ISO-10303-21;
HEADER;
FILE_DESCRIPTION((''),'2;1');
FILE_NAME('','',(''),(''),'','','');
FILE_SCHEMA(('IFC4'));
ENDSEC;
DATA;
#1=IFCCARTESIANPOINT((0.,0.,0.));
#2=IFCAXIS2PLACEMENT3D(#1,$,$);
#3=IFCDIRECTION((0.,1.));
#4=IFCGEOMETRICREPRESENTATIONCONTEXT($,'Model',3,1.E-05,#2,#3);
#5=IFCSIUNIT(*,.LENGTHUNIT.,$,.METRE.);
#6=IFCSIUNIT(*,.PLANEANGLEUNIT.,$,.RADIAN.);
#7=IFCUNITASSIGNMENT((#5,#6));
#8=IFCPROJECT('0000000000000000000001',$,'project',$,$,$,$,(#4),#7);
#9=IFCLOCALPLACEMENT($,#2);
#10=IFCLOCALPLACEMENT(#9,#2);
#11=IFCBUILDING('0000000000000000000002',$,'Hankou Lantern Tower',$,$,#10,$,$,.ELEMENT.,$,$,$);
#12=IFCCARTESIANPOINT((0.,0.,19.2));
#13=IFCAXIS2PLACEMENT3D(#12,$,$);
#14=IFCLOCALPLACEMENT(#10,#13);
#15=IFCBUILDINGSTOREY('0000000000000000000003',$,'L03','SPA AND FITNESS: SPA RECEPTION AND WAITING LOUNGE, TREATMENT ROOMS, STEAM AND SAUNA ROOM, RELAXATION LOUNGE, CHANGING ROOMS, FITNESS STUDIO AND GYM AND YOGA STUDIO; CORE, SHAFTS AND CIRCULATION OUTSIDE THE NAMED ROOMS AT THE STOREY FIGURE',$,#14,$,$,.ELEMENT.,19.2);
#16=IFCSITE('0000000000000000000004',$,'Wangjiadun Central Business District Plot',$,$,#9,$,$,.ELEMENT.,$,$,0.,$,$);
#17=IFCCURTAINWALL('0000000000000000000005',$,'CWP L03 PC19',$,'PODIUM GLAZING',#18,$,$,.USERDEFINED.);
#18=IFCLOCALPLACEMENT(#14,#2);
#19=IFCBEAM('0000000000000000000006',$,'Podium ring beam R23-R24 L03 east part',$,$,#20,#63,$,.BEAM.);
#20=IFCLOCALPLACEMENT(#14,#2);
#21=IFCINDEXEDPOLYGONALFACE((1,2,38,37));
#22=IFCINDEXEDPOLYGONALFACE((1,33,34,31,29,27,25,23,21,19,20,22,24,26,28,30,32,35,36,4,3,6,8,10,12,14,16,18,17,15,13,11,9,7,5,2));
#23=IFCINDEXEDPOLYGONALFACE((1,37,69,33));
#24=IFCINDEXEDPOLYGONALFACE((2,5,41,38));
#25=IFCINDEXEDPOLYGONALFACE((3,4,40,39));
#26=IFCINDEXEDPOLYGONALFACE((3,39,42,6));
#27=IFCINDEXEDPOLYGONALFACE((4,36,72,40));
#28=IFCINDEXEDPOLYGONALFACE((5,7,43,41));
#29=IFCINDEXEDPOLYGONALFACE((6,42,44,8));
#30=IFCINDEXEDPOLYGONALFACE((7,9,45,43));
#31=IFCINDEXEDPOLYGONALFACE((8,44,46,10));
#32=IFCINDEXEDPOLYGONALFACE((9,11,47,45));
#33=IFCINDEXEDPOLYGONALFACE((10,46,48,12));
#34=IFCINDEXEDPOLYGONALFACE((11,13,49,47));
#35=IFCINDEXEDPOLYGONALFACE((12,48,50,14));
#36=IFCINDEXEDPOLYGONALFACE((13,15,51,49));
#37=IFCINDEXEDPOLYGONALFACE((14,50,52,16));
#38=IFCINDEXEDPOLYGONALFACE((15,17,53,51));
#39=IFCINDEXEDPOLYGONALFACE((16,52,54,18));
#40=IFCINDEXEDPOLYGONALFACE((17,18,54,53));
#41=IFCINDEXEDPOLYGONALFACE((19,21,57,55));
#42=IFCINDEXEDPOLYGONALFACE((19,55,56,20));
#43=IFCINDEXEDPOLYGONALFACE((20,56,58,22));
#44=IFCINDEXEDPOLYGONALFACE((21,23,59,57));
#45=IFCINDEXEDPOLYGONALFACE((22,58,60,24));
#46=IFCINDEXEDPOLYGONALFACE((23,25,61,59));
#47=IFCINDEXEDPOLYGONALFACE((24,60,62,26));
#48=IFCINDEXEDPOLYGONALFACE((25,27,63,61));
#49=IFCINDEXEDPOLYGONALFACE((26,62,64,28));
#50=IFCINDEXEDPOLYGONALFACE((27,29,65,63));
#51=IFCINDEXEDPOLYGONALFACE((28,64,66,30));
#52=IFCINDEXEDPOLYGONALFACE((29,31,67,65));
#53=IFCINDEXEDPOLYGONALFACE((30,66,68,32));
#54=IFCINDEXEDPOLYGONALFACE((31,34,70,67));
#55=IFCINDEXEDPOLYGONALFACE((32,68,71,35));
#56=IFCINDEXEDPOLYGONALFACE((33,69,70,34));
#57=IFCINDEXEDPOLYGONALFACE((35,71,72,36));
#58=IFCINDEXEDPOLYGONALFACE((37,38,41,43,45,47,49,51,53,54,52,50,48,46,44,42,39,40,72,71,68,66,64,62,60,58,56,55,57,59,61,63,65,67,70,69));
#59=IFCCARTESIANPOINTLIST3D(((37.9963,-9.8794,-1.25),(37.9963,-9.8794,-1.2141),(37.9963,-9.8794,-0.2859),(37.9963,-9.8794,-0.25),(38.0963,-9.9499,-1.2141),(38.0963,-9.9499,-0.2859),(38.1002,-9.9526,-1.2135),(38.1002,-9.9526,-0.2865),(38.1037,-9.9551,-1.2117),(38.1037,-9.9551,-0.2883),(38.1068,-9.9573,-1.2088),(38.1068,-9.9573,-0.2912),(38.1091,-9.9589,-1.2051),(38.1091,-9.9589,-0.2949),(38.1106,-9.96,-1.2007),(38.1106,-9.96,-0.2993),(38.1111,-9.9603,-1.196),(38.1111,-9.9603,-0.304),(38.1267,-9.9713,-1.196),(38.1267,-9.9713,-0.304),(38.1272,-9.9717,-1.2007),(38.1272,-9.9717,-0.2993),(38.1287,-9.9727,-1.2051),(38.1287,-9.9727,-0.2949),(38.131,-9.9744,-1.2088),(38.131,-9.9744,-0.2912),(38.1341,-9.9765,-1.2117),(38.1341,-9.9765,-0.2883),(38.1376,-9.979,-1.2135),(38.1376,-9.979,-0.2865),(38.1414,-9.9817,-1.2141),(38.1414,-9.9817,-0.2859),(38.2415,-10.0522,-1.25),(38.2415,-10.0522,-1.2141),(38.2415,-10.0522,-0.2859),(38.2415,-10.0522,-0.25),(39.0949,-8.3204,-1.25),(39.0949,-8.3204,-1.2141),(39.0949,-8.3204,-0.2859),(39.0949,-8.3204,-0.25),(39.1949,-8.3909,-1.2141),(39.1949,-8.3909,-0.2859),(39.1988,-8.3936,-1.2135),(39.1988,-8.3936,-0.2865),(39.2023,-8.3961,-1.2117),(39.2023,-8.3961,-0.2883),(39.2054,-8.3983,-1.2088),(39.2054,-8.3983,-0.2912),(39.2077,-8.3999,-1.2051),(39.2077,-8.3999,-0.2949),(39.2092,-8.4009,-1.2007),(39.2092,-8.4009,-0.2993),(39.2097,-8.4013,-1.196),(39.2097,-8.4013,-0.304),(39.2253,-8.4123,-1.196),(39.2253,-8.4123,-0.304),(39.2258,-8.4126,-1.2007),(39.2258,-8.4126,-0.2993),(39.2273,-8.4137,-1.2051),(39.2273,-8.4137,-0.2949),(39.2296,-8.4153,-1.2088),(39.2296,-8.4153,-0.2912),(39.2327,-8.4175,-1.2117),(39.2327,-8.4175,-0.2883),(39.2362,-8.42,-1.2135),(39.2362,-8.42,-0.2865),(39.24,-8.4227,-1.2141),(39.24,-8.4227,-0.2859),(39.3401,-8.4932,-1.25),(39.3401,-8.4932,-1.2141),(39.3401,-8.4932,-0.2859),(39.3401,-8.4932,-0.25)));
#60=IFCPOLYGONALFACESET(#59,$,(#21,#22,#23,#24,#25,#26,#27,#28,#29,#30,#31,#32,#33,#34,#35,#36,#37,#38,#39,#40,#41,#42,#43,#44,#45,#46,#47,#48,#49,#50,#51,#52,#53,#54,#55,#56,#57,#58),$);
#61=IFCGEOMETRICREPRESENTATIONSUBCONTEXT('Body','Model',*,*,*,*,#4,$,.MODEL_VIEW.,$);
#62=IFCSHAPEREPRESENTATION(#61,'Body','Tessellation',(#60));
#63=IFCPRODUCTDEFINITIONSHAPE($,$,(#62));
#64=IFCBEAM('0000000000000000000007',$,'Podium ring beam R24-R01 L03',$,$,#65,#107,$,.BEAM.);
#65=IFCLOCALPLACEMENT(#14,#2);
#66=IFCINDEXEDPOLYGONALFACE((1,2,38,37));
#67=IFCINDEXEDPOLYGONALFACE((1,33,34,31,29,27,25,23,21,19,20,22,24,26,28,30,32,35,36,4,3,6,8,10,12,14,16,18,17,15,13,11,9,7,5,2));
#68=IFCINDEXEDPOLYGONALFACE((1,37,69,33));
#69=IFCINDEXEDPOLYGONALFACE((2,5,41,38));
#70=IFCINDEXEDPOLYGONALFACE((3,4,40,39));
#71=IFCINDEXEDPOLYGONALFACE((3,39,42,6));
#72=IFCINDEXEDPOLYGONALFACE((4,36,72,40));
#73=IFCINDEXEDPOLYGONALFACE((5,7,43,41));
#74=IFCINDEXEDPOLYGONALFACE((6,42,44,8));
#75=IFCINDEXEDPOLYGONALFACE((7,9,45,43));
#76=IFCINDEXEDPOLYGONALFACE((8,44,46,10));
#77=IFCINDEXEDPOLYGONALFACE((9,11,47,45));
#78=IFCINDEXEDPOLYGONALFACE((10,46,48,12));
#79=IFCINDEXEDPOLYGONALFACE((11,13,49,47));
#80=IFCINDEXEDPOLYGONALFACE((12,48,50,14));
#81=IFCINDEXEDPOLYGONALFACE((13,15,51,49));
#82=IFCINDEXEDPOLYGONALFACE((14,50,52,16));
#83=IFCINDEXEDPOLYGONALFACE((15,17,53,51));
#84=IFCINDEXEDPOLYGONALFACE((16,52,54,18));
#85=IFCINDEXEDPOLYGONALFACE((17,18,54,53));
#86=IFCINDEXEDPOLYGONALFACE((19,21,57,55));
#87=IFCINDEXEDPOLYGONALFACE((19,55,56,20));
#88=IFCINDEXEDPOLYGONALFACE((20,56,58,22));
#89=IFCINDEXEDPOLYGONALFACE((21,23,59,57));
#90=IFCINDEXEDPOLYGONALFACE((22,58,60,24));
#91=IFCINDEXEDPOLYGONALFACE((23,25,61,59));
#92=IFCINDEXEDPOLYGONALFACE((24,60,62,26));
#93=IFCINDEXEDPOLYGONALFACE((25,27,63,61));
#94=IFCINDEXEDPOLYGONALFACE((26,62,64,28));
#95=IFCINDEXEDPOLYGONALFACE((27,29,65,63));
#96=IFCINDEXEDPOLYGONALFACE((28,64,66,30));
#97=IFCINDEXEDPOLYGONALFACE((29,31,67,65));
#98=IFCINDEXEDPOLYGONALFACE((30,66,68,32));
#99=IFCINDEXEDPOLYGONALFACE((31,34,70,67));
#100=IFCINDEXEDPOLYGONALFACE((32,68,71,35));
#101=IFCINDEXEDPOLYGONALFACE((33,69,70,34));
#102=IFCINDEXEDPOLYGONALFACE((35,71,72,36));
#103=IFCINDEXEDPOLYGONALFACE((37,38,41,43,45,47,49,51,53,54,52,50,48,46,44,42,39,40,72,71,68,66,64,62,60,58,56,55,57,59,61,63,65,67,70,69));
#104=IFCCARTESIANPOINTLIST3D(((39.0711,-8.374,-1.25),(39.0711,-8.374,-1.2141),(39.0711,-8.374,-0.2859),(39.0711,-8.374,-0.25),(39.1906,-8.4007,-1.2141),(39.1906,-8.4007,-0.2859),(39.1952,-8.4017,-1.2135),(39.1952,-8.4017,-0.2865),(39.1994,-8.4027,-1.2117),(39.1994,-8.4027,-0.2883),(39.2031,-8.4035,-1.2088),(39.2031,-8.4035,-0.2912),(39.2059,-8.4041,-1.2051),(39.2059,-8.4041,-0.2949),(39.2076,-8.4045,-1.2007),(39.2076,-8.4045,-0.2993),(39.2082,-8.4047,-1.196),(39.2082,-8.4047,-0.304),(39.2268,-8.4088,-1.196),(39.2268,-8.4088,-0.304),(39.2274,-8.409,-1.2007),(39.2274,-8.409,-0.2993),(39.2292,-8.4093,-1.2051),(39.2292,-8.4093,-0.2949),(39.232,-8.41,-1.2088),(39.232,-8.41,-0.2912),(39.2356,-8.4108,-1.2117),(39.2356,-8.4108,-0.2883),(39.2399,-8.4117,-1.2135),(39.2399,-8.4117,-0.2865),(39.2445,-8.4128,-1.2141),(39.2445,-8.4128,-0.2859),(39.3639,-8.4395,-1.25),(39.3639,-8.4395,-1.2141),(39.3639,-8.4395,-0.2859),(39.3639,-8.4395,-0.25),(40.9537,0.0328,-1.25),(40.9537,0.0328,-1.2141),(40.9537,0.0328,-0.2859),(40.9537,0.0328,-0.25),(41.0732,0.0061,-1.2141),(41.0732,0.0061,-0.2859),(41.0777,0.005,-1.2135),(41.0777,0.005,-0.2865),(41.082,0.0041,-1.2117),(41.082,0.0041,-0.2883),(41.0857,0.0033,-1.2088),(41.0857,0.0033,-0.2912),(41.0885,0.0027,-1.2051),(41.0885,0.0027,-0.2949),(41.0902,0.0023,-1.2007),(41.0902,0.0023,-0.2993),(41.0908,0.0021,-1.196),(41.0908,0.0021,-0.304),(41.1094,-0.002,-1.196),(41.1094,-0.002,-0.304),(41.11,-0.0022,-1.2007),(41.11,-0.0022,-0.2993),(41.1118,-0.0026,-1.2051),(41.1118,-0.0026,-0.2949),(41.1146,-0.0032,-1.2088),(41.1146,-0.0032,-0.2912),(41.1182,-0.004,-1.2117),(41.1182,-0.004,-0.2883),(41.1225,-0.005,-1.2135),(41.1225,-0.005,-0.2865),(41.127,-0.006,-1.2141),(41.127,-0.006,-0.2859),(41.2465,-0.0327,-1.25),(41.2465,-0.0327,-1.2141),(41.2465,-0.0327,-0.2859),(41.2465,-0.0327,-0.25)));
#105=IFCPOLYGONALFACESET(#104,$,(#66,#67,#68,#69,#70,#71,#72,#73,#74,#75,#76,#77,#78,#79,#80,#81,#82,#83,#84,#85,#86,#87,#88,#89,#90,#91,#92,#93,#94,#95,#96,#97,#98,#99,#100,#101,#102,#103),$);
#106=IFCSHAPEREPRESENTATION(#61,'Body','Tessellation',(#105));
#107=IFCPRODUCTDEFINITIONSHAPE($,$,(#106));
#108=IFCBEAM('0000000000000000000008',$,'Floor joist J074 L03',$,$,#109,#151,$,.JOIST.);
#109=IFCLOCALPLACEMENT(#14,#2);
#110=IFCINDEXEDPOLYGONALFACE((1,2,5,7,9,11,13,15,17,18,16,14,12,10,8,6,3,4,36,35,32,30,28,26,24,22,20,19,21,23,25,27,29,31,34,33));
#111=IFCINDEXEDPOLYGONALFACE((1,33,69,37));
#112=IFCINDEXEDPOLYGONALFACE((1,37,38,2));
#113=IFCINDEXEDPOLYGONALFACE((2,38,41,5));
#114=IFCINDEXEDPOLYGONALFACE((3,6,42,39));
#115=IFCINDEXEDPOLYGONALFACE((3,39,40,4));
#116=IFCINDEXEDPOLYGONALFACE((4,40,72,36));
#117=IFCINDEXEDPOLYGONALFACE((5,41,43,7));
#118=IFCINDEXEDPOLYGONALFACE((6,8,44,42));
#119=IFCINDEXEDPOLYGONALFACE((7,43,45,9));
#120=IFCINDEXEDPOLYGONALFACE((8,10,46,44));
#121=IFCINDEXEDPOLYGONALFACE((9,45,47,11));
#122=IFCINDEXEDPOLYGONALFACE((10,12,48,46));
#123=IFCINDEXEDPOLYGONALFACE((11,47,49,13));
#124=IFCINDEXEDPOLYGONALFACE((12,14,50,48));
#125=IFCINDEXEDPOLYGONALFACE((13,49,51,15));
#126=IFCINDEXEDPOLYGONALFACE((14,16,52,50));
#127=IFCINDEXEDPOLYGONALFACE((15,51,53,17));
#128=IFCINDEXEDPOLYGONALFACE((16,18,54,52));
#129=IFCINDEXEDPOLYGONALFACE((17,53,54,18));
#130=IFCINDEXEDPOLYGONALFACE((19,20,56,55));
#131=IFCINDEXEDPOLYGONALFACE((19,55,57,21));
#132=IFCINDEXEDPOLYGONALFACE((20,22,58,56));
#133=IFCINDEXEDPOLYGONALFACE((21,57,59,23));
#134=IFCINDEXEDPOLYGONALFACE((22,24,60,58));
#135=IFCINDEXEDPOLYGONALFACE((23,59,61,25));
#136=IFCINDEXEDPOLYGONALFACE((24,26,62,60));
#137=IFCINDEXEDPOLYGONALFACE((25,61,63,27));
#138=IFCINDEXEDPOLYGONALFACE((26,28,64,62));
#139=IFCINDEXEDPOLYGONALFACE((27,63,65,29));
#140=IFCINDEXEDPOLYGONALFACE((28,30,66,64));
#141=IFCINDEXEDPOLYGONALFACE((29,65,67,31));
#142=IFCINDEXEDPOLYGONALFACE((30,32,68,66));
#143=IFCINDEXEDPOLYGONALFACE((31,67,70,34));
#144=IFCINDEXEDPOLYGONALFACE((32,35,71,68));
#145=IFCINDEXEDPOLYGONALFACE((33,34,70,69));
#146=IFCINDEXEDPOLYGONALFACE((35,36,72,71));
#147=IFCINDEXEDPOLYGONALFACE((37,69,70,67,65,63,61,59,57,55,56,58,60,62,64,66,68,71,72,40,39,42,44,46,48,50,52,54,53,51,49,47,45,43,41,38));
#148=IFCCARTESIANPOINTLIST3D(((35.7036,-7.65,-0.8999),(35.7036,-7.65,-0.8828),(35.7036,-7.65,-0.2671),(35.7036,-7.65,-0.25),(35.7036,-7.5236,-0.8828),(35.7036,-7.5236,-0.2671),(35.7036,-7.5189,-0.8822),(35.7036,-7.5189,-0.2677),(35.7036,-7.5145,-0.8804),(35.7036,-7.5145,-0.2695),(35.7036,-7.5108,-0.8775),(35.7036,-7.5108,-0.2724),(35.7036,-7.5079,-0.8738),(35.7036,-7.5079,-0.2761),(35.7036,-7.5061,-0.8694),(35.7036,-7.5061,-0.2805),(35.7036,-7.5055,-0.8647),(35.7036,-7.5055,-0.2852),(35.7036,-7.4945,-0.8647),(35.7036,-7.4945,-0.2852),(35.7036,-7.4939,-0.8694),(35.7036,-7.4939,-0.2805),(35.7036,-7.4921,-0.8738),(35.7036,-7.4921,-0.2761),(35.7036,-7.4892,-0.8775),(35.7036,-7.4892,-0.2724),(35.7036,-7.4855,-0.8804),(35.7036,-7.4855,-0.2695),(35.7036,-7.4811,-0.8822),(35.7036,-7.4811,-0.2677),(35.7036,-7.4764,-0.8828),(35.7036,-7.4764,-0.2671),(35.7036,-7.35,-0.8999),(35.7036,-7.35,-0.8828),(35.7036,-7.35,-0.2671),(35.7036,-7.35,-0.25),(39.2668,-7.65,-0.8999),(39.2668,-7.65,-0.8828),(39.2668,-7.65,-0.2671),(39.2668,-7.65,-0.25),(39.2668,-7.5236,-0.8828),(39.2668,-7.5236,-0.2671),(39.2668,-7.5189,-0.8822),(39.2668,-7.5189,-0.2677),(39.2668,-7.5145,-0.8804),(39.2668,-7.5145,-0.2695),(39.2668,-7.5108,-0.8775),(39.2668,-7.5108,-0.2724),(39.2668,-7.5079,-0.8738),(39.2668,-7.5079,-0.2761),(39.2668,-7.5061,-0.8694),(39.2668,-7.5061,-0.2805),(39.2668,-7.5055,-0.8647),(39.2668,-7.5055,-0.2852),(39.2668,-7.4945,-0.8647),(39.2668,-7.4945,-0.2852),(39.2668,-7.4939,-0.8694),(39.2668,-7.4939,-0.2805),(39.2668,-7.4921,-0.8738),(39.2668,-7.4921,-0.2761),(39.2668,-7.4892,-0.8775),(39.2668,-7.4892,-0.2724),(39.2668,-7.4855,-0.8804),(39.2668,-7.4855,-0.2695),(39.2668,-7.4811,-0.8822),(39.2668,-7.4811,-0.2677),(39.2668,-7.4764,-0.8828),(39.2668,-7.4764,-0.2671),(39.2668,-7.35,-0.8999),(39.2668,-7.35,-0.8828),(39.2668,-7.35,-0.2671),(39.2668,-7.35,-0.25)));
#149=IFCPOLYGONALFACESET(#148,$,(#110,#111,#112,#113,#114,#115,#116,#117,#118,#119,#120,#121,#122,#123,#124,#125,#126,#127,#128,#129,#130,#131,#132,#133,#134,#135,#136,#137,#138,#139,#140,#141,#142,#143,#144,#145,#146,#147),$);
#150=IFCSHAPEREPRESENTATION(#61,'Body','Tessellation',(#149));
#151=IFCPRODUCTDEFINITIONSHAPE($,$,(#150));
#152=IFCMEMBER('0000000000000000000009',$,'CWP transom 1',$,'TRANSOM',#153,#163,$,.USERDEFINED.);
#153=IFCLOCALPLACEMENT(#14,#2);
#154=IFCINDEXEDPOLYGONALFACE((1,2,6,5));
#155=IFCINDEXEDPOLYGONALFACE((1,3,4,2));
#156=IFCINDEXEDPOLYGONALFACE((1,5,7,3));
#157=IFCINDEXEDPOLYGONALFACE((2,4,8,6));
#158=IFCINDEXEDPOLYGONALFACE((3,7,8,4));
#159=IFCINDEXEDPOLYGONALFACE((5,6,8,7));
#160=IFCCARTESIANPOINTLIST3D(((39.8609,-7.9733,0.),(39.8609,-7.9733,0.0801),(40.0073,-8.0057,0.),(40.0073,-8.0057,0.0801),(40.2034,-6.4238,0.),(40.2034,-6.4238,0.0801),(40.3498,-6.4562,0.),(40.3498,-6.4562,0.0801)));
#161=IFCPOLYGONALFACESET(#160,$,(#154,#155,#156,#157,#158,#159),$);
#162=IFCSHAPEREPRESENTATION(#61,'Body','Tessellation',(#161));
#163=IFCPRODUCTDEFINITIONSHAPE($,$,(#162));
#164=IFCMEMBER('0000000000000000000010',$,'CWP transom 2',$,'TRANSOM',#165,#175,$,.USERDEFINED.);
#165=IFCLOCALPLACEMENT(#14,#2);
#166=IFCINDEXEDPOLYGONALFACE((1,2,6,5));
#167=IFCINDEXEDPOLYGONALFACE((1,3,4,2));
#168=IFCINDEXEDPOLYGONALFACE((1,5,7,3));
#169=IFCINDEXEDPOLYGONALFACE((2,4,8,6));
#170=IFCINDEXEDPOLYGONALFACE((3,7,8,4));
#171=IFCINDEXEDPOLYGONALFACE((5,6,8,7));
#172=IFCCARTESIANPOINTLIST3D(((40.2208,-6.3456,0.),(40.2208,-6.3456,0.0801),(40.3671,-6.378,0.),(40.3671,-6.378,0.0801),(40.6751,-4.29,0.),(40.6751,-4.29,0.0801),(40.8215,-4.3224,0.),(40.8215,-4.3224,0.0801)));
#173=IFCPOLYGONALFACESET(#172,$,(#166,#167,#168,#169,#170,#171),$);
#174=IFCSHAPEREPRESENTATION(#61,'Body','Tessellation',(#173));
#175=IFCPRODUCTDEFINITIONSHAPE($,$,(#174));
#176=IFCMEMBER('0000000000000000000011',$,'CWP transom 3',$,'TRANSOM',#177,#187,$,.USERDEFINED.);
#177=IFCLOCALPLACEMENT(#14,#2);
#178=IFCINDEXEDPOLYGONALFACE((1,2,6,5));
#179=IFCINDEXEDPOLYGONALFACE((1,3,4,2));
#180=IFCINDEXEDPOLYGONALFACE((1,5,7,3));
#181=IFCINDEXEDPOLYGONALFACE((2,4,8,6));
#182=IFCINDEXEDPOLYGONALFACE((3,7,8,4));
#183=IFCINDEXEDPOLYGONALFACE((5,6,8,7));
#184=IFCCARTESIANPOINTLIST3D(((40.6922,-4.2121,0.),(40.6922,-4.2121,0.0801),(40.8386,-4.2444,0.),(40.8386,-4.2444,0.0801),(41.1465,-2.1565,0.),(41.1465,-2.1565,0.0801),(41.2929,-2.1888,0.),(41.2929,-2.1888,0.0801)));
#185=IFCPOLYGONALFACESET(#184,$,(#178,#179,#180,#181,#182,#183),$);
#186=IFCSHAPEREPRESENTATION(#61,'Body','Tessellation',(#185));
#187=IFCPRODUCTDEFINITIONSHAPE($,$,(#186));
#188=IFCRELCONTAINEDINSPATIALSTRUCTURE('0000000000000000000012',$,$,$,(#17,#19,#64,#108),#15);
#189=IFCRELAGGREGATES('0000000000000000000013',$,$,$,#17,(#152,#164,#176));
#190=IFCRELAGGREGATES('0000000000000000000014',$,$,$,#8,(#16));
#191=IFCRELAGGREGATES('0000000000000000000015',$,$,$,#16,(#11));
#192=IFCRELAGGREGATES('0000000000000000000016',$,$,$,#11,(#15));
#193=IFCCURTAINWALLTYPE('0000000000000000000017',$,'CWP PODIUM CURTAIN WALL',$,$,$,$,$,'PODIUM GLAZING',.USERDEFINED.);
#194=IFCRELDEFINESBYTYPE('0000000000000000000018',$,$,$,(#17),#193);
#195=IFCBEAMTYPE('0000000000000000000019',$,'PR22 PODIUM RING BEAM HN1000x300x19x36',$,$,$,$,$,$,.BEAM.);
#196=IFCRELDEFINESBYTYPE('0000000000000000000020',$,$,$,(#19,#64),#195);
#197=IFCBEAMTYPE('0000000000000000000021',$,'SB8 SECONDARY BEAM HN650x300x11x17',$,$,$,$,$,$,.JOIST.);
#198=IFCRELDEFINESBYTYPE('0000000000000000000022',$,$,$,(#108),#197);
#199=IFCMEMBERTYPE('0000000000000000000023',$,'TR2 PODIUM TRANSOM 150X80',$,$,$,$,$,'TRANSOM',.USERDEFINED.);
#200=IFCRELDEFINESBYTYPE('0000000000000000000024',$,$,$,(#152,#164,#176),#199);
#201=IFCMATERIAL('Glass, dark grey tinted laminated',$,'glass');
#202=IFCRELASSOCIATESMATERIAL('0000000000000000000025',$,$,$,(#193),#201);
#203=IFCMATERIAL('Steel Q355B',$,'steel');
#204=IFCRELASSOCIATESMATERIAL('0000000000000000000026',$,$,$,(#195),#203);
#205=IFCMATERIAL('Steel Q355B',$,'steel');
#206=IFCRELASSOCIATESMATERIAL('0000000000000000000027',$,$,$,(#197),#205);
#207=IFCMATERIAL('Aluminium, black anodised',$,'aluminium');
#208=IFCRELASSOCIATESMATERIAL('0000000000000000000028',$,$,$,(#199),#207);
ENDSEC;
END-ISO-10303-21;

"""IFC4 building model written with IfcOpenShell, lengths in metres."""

from ifc_helpers import new_model, si_unit, direction, frame, origin, origin_2d, place, context, subcontext, project, spatial, rectangle, i_section, extrude, material, material_profile, profile_set, type_object, element, aggregate, save


model = new_model("IFC4")

# Units and contexts
model_context = context("Model", 3, precision=1e-05, world=origin(), true_north=direction((0.0, 1.0)))
body_context = subcontext(model_context, "Body", "Model", "MODEL_VIEW")
ifc_project = project(units=[si_unit("LENGTHUNIT", "METRE"), si_unit("PLANEANGLEUNIT", "RADIAN")], contexts=[model_context])

# Site, building, storey
site_placement = place(None, origin())
site = spatial("IfcSite", under=ifc_project, at=site_placement, Name="Wangjiadun Central Business District Plot", CompositionType="ELEMENT", RefElevation=0.0)
building_placement = place(site_placement, origin())
building = spatial("IfcBuilding", under=site, at=building_placement, Name="Hankou Lantern Tower", CompositionType="ELEMENT")
storey_placement = place(building_placement, frame((0.0, 0.0, 19.2)))
storey = spatial("IfcBuildingStorey", under=building, at=storey_placement, Name="L03", Description="SPA AND FITNESS: SPA RECEPTION AND WAITING LOUNGE, TREATMENT ROOMS, STEAM AND SAUNA ROOM, RELAXATION LOUNGE, CHANGING ROOMS, FITNESS STUDIO AND GYM AND YOGA STUDIO; CORE, SHAFTS AND CIRCULATION OUTSIDE THE NAMED ROOMS AT THE STOREY FIGURE", CompositionType="ELEMENT", Elevation=19.2)

# Curtain wall
ifc_material_1 = material(Name="Glass, dark grey tinted laminated", Category="glass")
curtain_wall_type = type_object("IfcCurtainWallType", Name="CWP PODIUM CURTAIN WALL", ElementType="PODIUM GLAZING", PredefinedType="USERDEFINED", material=ifc_material_1)
curtain_wall_placement = place(storey_placement, origin())
curtain_wall = element("IfcCurtainWall", 1, at=curtain_wall_placement, inside=storey, type_object=curtain_wall_type, Name="CWP L03 PC19", ObjectType="PODIUM GLAZING", PredefinedType="USERDEFINED")

# Beams
ifc_material_2 = material(Name="Steel Q355B", Category="steel")
ifc_material_profile_1 = material_profile(ifc_material_2, i_section(OverallWidth=0.3, OverallDepth=1.0, WebThickness=0.019, FlangeThickness=0.0359, FilletRadius=0.0181, at=origin_2d()), Name="HN1000x300x19x36")
ifc_profile_set_1 = profile_set([ifc_material_profile_1], Name="Steel Q355B")
beam_type_1 = type_object("IfcBeamType", Name="PR22 PODIUM RING BEAM HN1000x300x19x36", PredefinedType="BEAM", material=ifc_profile_set_1)
beam_1_placement = place(storey_placement, frame((38.1189, -9.9658, -0.75), z_axis=(0.57602, 0.817436, 0.0), x_axis=(-0.817436, 0.57602, 0.0)))
element("IfcBeam", 2, at=beam_1_placement, inside=storey, type_object=beam_type_1, Name="Podium ring beam R23-R24 L03 east part", PredefinedType="BEAM", context=body_context, shape_type="SweptSolid", body=[
    extrude(i_section(OverallWidth=0.3, OverallDepth=1.0, WebThickness=0.019, FlangeThickness=0.0359, FilletRadius=0.0181, at=origin_2d()), origin(), (0.0, 0.0, 1.0), 1.9072),
])
beam_2_placement = place(storey_placement, frame((39.2175, -8.4067, -0.75), z_axis=(0.218523, 0.975832, 0.0), x_axis=(-0.975832, 0.218523, 0.0)))
element("IfcBeam", 3, at=beam_2_placement, inside=storey, type_object=beam_type_1, Name="Podium ring beam R24-R01 L03", PredefinedType="BEAM", context=body_context, shape_type="SweptSolid", body=[
    extrude(i_section(OverallWidth=0.3, OverallDepth=1.0, WebThickness=0.019, FlangeThickness=0.0359, FilletRadius=0.0181, at=origin_2d()), origin(), (0.0, 0.0, 1.0), 8.615),
])
ifc_material_3 = material(Name="Steel Q355B", Category="steel")
ifc_material_profile_2 = material_profile(ifc_material_3, i_section(OverallWidth=0.3, OverallDepth=0.6499, WebThickness=0.011, FlangeThickness=0.0171, FilletRadius=0.0181, at=origin_2d()), Name="HN650x300x11x17")
ifc_profile_set_2 = profile_set([ifc_material_profile_2], Name="Steel Q355B")
beam_type_2 = type_object("IfcBeamType", Name="SB8 SECONDARY BEAM HN650x300x11x17", PredefinedType="JOIST", material=ifc_profile_set_2)
beam_3_placement = place(storey_placement, frame((35.7036, -7.5, -0.575), z_axis=(1.0, 0.0, 0.0), x_axis=(0.0, 1.0, 0.0)))
element("IfcBeam", 4, at=beam_3_placement, inside=storey, type_object=beam_type_2, Name="Floor joist J074 L03", PredefinedType="JOIST", context=body_context, shape_type="SweptSolid", body=[
    extrude(i_section(OverallWidth=0.3, OverallDepth=0.6499, WebThickness=0.011, FlangeThickness=0.0171, FilletRadius=0.0181, at=origin_2d()), origin(), (0.0, 0.0, 1.0), 3.5632),
])

# Members
ifc_material_4 = material(Name="Aluminium, black anodised", Category="aluminium")
ifc_material_profile_3 = material_profile(ifc_material_4, rectangle(XDim=0.1499, YDim=0.0801, at=origin_2d()), Name="TR2 150X80")
ifc_profile_set_3 = profile_set([ifc_material_profile_3], Name="Aluminium, black anodised")
member_type_1 = type_object("IfcMemberType", Name="TR2 PODIUM TRANSOM 150X80", ElementType="TRANSOM", PredefinedType="USERDEFINED", material=ifc_profile_set_3)
member_1_placement = place(storey_placement, frame((39.9341, -7.9895, 0.04), z_axis=(0.215839, 0.976429, 0.0), x_axis=(-0.976429, 0.215839, 0.0)))
member_1 = element("IfcMember", 5, at=member_1_placement, type_object=member_type_1, Name="CWP transom 1", ObjectType="TRANSOM", PredefinedType="USERDEFINED", context=body_context, shape_type="SweptSolid", body=[
    extrude(rectangle(XDim=0.1499, YDim=0.0801, at=origin_2d()), origin(), (0.0, 0.0, 1.0), 1.5869),
])
member_2_placement = place(storey_placement, frame((40.2939, -6.3618, 0.04), z_axis=(0.215813, 0.976435, 0.0), x_axis=(-0.976435, 0.215813, 0.0)))
member_2 = element("IfcMember", 6, at=member_2_placement, type_object=member_type_1, Name="CWP transom 2", ObjectType="TRANSOM", PredefinedType="USERDEFINED", context=body_context, shape_type="SweptSolid", body=[
    extrude(rectangle(XDim=0.1499, YDim=0.0801, at=origin_2d()), origin(), (0.0, 0.0, 1.0), 2.1052),
])
member_3_placement = place(storey_placement, frame((40.7654, -4.2283, 0.04), z_axis=(0.215813, 0.976435, 0.0), x_axis=(-0.976435, 0.215813, 0.0)))
member_3 = element("IfcMember", 7, at=member_3_placement, type_object=member_type_1, Name="CWP transom 3", ObjectType="TRANSOM", PredefinedType="USERDEFINED", context=body_context, shape_type="SweptSolid", body=[
    extrude(rectangle(XDim=0.1499, YDim=0.0801, at=origin_2d()), origin(), (0.0, 0.0, 1.0), 2.1052),
])

aggregate(curtain_wall, [member_1, member_2, member_3])

save(model, "model.ifc")
